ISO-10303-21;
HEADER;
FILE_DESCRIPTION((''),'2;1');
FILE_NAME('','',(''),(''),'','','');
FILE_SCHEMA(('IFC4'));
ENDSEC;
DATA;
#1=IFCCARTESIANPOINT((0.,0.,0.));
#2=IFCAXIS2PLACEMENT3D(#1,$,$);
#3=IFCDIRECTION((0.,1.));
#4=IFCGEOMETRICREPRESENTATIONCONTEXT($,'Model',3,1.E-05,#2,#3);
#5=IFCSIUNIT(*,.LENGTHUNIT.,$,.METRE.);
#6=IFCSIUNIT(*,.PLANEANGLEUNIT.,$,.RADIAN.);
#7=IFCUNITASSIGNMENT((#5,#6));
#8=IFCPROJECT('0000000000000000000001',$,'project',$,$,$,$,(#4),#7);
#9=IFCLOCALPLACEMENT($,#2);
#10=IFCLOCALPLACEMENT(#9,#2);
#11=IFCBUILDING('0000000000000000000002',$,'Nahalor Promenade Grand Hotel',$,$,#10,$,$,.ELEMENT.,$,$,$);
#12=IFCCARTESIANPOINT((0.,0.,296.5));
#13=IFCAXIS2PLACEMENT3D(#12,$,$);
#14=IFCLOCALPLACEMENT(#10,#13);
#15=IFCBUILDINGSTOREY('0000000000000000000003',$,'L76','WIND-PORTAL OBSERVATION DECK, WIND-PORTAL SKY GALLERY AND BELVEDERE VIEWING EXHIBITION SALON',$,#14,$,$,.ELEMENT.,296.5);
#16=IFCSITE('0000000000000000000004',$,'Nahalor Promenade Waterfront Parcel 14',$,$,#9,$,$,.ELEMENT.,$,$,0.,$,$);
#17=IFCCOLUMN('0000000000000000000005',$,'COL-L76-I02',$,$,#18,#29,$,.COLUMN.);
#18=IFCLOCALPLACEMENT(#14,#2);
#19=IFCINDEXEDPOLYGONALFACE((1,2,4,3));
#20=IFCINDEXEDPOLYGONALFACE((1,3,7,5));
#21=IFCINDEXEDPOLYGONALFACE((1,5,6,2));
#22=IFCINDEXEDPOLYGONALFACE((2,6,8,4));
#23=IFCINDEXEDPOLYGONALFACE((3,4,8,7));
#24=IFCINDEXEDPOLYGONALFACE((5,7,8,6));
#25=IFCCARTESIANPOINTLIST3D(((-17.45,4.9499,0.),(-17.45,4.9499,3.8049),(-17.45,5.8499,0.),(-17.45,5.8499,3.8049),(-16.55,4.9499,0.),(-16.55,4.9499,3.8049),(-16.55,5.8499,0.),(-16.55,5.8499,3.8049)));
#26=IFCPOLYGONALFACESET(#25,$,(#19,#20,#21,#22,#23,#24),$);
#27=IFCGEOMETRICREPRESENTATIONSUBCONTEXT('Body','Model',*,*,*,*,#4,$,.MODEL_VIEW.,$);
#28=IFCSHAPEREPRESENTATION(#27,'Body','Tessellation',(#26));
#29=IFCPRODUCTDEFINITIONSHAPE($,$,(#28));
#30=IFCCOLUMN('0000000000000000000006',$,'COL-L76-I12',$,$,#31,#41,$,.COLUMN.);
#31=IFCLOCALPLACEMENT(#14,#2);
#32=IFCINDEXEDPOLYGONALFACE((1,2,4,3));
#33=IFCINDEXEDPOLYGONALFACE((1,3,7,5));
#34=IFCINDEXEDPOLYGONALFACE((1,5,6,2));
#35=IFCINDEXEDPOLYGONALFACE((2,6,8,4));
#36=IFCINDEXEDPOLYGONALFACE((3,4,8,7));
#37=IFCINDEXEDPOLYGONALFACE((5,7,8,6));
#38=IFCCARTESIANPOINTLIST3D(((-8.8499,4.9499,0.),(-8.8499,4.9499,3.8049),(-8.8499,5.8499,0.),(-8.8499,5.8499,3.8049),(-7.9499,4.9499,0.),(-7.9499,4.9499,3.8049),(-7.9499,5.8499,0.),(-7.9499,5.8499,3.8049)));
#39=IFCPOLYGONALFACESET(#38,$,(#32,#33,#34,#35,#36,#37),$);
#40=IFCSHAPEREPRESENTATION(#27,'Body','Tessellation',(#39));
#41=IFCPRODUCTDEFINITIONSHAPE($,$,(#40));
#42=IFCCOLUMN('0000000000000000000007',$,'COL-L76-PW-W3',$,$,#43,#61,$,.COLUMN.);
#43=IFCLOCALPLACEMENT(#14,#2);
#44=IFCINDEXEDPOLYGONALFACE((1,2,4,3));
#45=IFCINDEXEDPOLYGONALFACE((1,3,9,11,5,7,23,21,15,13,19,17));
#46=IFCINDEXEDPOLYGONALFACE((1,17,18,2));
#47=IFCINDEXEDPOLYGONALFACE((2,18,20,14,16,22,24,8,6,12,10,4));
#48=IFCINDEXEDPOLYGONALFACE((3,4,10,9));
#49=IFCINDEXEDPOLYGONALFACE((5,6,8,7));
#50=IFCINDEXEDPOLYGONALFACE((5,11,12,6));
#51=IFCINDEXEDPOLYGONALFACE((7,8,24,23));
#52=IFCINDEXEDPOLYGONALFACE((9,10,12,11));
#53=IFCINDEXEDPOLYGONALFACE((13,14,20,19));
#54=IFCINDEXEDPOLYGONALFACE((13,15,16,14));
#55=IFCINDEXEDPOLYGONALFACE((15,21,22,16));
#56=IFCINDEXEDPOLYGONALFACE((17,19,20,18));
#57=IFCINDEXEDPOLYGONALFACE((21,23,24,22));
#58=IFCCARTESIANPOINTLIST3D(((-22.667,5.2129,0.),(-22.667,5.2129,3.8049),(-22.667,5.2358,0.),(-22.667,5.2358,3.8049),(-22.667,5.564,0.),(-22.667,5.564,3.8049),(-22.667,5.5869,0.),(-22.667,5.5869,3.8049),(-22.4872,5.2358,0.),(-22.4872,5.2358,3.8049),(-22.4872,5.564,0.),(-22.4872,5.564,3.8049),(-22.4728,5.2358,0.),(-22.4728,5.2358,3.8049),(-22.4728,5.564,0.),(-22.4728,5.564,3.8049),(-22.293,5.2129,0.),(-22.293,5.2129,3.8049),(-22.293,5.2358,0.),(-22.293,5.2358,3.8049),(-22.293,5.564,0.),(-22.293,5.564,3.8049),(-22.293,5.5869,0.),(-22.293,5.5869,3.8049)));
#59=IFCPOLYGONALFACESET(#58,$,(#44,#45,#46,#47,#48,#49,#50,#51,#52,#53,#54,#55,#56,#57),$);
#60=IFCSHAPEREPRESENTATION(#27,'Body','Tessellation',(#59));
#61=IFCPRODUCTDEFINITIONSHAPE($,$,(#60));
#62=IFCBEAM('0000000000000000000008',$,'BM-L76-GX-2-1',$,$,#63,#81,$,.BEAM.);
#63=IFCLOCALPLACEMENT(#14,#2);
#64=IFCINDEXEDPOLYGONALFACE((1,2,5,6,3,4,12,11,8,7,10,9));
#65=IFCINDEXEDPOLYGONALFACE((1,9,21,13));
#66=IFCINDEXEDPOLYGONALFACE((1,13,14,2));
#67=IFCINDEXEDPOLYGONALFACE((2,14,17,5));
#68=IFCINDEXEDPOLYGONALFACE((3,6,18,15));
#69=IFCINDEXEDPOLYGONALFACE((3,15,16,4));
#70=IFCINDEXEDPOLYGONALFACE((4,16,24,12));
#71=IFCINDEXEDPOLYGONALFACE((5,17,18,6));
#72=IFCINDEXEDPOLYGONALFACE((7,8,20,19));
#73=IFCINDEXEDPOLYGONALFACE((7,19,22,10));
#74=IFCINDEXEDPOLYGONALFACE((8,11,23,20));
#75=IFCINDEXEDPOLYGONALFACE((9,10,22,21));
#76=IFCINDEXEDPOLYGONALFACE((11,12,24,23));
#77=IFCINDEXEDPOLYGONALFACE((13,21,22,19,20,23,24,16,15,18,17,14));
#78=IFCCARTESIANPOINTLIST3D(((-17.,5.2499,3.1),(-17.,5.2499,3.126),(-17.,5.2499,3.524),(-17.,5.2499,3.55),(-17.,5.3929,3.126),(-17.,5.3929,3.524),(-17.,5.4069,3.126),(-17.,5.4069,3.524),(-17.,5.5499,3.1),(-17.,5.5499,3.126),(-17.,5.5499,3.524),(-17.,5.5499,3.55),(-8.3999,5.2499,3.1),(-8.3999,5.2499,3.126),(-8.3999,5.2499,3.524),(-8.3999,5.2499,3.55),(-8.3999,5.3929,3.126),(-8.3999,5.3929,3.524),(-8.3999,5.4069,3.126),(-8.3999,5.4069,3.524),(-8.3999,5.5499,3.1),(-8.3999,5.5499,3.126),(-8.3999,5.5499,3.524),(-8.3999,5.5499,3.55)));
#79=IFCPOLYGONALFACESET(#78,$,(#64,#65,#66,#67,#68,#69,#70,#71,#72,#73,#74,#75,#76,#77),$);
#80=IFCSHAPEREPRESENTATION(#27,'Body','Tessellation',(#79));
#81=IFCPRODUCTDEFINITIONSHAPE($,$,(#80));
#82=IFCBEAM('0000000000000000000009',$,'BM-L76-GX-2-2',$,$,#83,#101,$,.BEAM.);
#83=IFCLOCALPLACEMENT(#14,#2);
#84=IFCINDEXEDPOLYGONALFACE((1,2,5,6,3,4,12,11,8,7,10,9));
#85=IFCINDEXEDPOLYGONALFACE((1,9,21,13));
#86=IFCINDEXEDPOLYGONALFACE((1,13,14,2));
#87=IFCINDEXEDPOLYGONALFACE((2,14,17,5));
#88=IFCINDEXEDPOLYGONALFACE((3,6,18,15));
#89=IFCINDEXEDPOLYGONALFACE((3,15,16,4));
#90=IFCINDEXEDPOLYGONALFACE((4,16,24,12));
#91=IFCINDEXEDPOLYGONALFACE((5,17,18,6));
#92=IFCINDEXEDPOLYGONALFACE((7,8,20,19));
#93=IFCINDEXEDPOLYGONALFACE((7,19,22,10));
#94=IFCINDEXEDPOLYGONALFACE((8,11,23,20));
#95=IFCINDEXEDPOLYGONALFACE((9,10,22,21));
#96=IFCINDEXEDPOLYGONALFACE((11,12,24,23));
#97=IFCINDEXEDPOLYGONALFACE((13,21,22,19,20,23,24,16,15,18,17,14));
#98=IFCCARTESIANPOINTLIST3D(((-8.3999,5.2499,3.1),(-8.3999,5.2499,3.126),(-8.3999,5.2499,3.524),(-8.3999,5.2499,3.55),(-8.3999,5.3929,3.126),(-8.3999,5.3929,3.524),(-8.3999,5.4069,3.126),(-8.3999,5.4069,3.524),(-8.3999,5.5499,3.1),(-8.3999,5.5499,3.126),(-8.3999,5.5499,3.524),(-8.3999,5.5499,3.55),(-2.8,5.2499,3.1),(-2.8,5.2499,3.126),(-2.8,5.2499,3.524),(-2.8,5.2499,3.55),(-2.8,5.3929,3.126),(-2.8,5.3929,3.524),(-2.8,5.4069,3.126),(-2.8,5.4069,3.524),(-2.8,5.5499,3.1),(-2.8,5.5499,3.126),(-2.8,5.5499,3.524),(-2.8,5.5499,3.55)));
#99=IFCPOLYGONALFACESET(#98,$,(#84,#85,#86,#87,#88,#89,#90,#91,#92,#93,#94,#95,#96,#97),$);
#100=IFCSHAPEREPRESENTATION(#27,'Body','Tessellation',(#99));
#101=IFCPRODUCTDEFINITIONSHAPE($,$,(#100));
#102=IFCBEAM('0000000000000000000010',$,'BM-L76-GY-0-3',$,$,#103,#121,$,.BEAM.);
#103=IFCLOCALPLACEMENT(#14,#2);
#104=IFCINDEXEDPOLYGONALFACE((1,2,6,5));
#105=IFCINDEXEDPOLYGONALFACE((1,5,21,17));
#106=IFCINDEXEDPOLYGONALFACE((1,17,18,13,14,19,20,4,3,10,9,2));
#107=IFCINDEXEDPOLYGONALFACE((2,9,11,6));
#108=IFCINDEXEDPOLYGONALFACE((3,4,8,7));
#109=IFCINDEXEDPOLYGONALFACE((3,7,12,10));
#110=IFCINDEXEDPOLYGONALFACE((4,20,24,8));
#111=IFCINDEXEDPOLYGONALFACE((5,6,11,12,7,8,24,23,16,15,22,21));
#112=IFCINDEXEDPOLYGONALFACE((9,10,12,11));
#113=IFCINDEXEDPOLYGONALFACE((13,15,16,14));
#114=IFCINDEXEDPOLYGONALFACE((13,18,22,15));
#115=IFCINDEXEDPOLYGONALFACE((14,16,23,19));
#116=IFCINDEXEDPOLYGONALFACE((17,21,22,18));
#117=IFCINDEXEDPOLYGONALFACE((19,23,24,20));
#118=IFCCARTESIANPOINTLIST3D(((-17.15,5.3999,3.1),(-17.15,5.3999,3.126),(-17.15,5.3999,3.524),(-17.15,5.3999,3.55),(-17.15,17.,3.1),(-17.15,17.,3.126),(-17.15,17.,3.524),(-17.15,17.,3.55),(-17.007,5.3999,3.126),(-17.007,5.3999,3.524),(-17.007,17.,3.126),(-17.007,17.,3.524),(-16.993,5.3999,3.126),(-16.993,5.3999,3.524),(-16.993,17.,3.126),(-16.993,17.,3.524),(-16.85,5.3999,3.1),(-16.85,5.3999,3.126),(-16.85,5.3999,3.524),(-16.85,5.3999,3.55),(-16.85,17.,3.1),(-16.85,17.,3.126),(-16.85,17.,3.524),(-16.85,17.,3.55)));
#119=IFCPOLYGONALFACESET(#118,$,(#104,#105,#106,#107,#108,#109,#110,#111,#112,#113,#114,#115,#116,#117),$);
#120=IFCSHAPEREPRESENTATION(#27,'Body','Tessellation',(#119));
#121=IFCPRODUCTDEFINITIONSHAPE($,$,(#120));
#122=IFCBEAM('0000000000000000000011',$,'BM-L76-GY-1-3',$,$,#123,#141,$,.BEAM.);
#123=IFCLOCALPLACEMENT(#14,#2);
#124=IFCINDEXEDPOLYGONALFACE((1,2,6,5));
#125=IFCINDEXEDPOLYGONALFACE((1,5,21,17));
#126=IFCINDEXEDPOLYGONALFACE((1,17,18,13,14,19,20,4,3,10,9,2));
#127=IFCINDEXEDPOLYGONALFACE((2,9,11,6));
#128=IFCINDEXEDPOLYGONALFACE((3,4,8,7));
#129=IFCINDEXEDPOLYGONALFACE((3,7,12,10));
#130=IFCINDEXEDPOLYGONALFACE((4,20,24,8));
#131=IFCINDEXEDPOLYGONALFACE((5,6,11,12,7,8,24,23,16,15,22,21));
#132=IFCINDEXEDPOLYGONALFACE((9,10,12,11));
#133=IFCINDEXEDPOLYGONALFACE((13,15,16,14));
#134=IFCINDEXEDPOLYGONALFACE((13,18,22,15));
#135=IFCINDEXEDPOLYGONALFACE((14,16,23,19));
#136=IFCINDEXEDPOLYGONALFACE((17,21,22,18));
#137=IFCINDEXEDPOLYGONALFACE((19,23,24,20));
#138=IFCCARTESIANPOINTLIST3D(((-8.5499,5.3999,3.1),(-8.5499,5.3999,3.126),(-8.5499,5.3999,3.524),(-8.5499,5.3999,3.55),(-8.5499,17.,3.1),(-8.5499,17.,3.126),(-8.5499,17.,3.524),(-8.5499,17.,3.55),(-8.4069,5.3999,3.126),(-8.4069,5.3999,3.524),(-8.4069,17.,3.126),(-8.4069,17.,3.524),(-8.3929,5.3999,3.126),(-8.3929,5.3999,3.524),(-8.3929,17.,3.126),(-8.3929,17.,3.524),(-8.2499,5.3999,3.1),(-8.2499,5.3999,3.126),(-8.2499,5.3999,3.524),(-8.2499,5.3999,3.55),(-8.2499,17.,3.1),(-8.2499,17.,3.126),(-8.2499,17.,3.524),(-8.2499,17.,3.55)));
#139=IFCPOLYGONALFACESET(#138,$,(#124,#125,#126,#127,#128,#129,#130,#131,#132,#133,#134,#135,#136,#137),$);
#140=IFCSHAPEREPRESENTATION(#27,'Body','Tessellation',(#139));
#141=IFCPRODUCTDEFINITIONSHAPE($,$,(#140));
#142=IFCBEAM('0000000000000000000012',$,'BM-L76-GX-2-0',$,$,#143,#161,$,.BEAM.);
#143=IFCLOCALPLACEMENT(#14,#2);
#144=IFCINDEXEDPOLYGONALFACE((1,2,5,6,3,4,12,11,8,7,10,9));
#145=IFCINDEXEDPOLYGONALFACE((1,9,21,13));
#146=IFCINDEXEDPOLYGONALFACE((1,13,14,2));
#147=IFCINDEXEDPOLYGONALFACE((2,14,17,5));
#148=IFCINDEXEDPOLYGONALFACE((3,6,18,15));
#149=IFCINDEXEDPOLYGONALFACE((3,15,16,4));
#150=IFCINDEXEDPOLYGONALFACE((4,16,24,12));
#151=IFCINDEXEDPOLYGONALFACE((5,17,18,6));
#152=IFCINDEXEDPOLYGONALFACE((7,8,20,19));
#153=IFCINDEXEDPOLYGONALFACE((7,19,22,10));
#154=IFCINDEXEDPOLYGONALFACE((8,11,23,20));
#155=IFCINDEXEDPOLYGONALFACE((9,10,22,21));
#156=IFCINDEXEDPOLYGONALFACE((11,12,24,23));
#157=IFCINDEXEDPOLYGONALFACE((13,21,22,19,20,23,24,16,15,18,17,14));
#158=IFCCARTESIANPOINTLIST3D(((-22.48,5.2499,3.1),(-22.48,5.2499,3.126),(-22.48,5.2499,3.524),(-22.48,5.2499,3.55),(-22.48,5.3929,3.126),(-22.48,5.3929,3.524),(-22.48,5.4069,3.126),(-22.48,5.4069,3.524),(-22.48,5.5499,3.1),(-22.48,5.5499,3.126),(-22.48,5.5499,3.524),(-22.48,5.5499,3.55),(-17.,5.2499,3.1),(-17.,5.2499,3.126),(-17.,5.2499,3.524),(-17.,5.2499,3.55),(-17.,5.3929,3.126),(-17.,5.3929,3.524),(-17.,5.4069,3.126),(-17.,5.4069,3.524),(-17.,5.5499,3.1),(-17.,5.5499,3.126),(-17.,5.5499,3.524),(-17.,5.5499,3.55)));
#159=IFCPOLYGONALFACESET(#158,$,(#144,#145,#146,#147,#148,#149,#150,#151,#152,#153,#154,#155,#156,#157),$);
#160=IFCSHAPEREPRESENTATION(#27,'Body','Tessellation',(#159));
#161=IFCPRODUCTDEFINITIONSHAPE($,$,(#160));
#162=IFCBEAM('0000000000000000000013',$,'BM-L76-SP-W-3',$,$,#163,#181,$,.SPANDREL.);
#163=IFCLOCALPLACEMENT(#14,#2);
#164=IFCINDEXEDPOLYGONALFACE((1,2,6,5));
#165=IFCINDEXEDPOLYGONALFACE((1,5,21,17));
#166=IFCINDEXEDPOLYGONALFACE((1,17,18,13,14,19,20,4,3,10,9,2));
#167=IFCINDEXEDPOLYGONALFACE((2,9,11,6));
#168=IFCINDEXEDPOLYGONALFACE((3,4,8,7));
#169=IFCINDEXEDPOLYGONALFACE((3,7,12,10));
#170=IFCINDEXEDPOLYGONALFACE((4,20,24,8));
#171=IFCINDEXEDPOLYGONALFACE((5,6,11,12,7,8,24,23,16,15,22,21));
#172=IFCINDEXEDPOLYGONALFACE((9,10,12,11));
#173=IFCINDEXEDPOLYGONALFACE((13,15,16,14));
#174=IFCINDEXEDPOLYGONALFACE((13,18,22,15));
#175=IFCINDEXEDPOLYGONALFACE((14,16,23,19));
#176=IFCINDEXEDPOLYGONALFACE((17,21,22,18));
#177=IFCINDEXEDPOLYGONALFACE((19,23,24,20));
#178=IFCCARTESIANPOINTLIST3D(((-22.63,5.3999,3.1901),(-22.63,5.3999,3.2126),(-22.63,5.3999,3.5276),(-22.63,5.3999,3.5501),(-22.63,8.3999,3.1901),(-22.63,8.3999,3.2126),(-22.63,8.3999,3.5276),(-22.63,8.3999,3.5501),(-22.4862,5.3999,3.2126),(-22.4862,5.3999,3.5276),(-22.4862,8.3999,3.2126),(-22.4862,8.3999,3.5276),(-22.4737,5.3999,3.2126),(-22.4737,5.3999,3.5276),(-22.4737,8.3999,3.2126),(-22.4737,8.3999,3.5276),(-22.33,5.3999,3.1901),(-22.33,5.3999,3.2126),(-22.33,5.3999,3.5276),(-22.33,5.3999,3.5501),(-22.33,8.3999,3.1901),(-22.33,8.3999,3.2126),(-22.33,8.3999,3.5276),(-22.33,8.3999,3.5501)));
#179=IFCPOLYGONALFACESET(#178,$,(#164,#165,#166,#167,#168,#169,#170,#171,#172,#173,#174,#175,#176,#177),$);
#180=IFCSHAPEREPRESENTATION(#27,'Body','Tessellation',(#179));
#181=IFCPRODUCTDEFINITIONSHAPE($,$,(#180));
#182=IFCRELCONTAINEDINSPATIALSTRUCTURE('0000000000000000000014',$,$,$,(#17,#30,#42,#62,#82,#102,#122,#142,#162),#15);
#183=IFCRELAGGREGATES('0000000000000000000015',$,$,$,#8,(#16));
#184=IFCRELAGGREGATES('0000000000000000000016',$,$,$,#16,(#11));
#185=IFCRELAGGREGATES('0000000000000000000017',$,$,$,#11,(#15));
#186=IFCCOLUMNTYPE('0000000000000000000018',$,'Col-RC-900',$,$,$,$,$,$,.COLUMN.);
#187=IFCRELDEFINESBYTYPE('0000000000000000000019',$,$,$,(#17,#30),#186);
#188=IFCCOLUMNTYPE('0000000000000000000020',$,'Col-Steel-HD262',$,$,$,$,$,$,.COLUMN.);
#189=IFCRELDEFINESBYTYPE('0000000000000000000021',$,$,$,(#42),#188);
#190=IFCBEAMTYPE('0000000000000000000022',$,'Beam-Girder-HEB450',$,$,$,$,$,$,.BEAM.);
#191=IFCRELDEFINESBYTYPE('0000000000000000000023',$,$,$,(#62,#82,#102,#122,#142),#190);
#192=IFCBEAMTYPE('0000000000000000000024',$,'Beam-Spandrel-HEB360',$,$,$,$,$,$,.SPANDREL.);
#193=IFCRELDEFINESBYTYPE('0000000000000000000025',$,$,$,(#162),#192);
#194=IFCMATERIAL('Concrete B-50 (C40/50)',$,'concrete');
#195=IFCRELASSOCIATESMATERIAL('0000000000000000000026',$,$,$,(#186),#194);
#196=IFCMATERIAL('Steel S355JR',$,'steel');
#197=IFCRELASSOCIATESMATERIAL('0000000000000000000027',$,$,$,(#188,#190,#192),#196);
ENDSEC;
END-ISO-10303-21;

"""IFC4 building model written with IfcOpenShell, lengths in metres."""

from ifc_helpers import new_model, si_unit, direction, frame, origin, origin_2d, place, context, subcontext, project, spatial, rectangle, i_section, extrude, source, transform, mapped, material, material_profile, profile_set, type_object, element, save


model = new_model("IFC4")

# Units and contexts
model_context = context("Model", 3, precision=1e-05, world=origin(), true_north=direction((0.0, 1.0)))
body_context = subcontext(model_context, "Body", "Model", "MODEL_VIEW")
ifc_project = project(units=[si_unit("LENGTHUNIT", "METRE"), si_unit("PLANEANGLEUNIT", "RADIAN")], contexts=[model_context])

# Site, building, storey
site_placement = place(None, origin())
site = spatial("IfcSite", under=ifc_project, at=site_placement, Name="Nahalor Promenade Waterfront Parcel 14", CompositionType="ELEMENT", RefElevation=0.0)
building_placement = place(site_placement, origin())
building = spatial("IfcBuilding", under=site, at=building_placement, Name="Nahalor Promenade Grand Hotel", CompositionType="ELEMENT")
storey_placement = place(building_placement, frame((0.0, 0.0, 296.5)))
storey = spatial("IfcBuildingStorey", under=building, at=storey_placement, Name="L76", Description="WIND-PORTAL OBSERVATION DECK, WIND-PORTAL SKY GALLERY AND BELVEDERE VIEWING EXHIBITION SALON", CompositionType="ELEMENT", Elevation=296.5)

# Columns
ifc_material_1 = material(Name="Concrete B-50 (C40/50)", Category="concrete")
ifc_material_profile_1 = material_profile(ifc_material_1, rectangle(XDim=0.9, YDim=0.9, at=origin_2d()), Name="RC 900x900")
ifc_profile_set_1 = profile_set([ifc_material_profile_1], Name="Concrete B-50 (C40/50)")
column_type_1 = type_object("IfcColumnType", Name="Col-RC-900", PredefinedType="COLUMN", material=ifc_profile_set_1)
shared_shape_1 = source(origin(), body_context, "Body", "SweptSolid", [
    extrude(rectangle(XDim=0.9, YDim=0.9, at=origin_2d()), origin(), (0.0, 0.0, 1.0), 3.8049),
])
for number, where, z_axis, x_axis, name in (
    (1, (-17.0, 5.3999, 0.0), (0.0, 0.0, 1.0), (1.0, 0.0, 0.0), "COL-L76-I02"),
    (2, (-8.3999, 5.3999, 0.0), (0.0, 0.0, 1.0), (1.0, 0.0, 0.0), "COL-L76-I12"),
):
    element("IfcColumn", number, at=place(storey_placement, frame(where, z_axis=z_axis, x_axis=x_axis)), inside=storey, type_object=column_type_1, Name=name, PredefinedType="COLUMN", context=body_context, shape_type="MappedRepresentation", body=[
        mapped(shared_shape_1, transform((0.0, 0.0, 0.0), scale=1.0)),
    ])
ifc_material_2 = material(Name="Steel S355JR", Category="steel")
ifc_material_profile_2 = material_profile(ifc_material_2, i_section(OverallWidth=0.374, OverallDepth=0.374, WebThickness=0.0144, FlangeThickness=0.0229, at=origin_2d()), Name="HD 360x262")
ifc_profile_set_2 = profile_set([ifc_material_profile_2], Name="Steel S355JR")
column_type_2 = type_object("IfcColumnType", Name="Col-Steel-HD262", PredefinedType="COLUMN", material=ifc_profile_set_2)
shared_shape_2 = source(origin(), body_context, "Body", "SweptSolid", [
    extrude(i_section(OverallWidth=0.374, OverallDepth=0.374, WebThickness=0.0144, FlangeThickness=0.0229, at=origin_2d()), origin(), (0.0, 0.0, 1.0), 3.8049),
])
column_placement = place(storey_placement, frame((-22.48, 5.3999, 0.0), z_axis=(0.0, 0.0, 1.0), x_axis=(1.0, 0.0, 0.0)))
element("IfcColumn", 3, at=column_placement, inside=storey, type_object=column_type_2, Name="COL-L76-PW-W3", PredefinedType="COLUMN", context=body_context, shape_type="MappedRepresentation", body=[
    mapped(shared_shape_2, transform((0.0, 0.0, 0.0), scale=1.0)),
])

# Beams
ifc_material_profile_3 = material_profile(ifc_material_2, i_section(OverallWidth=0.3, OverallDepth=0.45, WebThickness=0.014, FlangeThickness=0.026, at=origin_2d()), Name="HEB 450")
ifc_profile_set_3 = profile_set([ifc_material_profile_3], Name="Steel S355JR")
beam_type_1 = type_object("IfcBeamType", Name="Beam-Girder-HEB450", PredefinedType="BEAM", material=ifc_profile_set_3)
shared_shape_3 = source(origin(), body_context, "Body", "SweptSolid", [
    extrude(i_section(OverallWidth=0.3, OverallDepth=0.45, WebThickness=0.014, FlangeThickness=0.026, at=origin_2d()), origin(), (0.0, 0.0, 1.0), 8.6001),
])
beam_1_placement = place(storey_placement, frame((-17.0, 5.3999, 3.325), z_axis=(1.0, 0.0, 0.0), x_axis=(0.0, 1.0, 0.0)))
element("IfcBeam", 4, at=beam_1_placement, inside=storey, type_object=beam_type_1, Name="BM-L76-GX-2-1", PredefinedType="BEAM", context=body_context, shape_type="MappedRepresentation", body=[
    mapped(shared_shape_3, transform((0.0, 0.0, 0.0), scale=1.0)),
])
shared_shape_4 = source(origin(), body_context, "Body", "SweptSolid", [
    extrude(i_section(OverallWidth=0.3, OverallDepth=0.45, WebThickness=0.014, FlangeThickness=0.026, at=origin_2d()), origin(), (0.0, 0.0, 1.0), 5.5999),
])
beam_2_placement = place(storey_placement, frame((-8.3999, 5.3999, 3.325), z_axis=(1.0, 0.0, 0.0), x_axis=(0.0, 1.0, 0.0)))
element("IfcBeam", 5, at=beam_2_placement, inside=storey, type_object=beam_type_1, Name="BM-L76-GX-2-2", PredefinedType="BEAM", context=body_context, shape_type="MappedRepresentation", body=[
    mapped(shared_shape_4, transform((0.0, 0.0, 0.0), scale=1.0)),
])
shared_shape_5 = source(origin(), body_context, "Body", "SweptSolid", [
    extrude(i_section(OverallWidth=0.3, OverallDepth=0.45, WebThickness=0.014, FlangeThickness=0.026, at=origin_2d()), origin(), (0.0, 0.0, 1.0), 11.6001),
])
for number, where, z_axis, x_axis, name in (
    (6, (-17.0, 5.3999, 3.325), (0.0, 1.0, 0.0), (-1.0, 0.0, 0.0), "BM-L76-GY-0-3"),
    (7, (-8.3999, 5.3999, 3.325), (0.0, 1.0, 0.0), (-1.0, 0.0, 0.0), "BM-L76-GY-1-3"),
):
    element("IfcBeam", number, at=place(storey_placement, frame(where, z_axis=z_axis, x_axis=x_axis)), inside=storey, type_object=beam_type_1, Name=name, PredefinedType="BEAM", context=body_context, shape_type="MappedRepresentation", body=[
        mapped(shared_shape_5, transform((0.0, 0.0, 0.0), scale=1.0)),
    ])
shared_shape_6 = source(origin(), body_context, "Body", "SweptSolid", [
    extrude(i_section(OverallWidth=0.3, OverallDepth=0.45, WebThickness=0.014, FlangeThickness=0.026, at=origin_2d()), origin(), (0.0, 0.0, 1.0), 5.48),
])
beam_3_placement = place(storey_placement, frame((-22.48, 5.3999, 3.325), z_axis=(1.0, 0.0, 0.0), x_axis=(0.0, 1.0, 0.0)))
element("IfcBeam", 8, at=beam_3_placement, inside=storey, type_object=beam_type_1, Name="BM-L76-GX-2-0", PredefinedType="BEAM", context=body_context, shape_type="MappedRepresentation", body=[
    mapped(shared_shape_6, transform((0.0, 0.0, 0.0), scale=1.0)),
])
ifc_material_profile_4 = material_profile(ifc_material_2, i_section(OverallWidth=0.3, OverallDepth=0.36, WebThickness=0.0125, FlangeThickness=0.0225, at=origin_2d()), Name="HEB 360")
ifc_profile_set_4 = profile_set([ifc_material_profile_4], Name="Steel S355JR")
beam_type_2 = type_object("IfcBeamType", Name="Beam-Spandrel-HEB360", PredefinedType="SPANDREL", material=ifc_profile_set_4)
shared_shape_7 = source(origin(), body_context, "Body", "SweptSolid", [
    extrude(i_section(OverallWidth=0.3, OverallDepth=0.36, WebThickness=0.0125, FlangeThickness=0.0225, at=origin_2d()), origin(), (0.0, 0.0, 1.0), 3.0),
])
beam_4_placement = place(storey_placement, frame((-22.48, 5.3999, 3.3701), z_axis=(0.0, 1.0, 0.0), x_axis=(-1.0, 0.0, 0.0)))
element("IfcBeam", 9, at=beam_4_placement, inside=storey, type_object=beam_type_2, Name="BM-L76-SP-W-3", PredefinedType="SPANDREL", context=body_context, shape_type="MappedRepresentation", body=[
    mapped(shared_shape_7, transform((0.0, 0.0, 0.0), scale=1.0)),
])

save(model, "model.ifc")
